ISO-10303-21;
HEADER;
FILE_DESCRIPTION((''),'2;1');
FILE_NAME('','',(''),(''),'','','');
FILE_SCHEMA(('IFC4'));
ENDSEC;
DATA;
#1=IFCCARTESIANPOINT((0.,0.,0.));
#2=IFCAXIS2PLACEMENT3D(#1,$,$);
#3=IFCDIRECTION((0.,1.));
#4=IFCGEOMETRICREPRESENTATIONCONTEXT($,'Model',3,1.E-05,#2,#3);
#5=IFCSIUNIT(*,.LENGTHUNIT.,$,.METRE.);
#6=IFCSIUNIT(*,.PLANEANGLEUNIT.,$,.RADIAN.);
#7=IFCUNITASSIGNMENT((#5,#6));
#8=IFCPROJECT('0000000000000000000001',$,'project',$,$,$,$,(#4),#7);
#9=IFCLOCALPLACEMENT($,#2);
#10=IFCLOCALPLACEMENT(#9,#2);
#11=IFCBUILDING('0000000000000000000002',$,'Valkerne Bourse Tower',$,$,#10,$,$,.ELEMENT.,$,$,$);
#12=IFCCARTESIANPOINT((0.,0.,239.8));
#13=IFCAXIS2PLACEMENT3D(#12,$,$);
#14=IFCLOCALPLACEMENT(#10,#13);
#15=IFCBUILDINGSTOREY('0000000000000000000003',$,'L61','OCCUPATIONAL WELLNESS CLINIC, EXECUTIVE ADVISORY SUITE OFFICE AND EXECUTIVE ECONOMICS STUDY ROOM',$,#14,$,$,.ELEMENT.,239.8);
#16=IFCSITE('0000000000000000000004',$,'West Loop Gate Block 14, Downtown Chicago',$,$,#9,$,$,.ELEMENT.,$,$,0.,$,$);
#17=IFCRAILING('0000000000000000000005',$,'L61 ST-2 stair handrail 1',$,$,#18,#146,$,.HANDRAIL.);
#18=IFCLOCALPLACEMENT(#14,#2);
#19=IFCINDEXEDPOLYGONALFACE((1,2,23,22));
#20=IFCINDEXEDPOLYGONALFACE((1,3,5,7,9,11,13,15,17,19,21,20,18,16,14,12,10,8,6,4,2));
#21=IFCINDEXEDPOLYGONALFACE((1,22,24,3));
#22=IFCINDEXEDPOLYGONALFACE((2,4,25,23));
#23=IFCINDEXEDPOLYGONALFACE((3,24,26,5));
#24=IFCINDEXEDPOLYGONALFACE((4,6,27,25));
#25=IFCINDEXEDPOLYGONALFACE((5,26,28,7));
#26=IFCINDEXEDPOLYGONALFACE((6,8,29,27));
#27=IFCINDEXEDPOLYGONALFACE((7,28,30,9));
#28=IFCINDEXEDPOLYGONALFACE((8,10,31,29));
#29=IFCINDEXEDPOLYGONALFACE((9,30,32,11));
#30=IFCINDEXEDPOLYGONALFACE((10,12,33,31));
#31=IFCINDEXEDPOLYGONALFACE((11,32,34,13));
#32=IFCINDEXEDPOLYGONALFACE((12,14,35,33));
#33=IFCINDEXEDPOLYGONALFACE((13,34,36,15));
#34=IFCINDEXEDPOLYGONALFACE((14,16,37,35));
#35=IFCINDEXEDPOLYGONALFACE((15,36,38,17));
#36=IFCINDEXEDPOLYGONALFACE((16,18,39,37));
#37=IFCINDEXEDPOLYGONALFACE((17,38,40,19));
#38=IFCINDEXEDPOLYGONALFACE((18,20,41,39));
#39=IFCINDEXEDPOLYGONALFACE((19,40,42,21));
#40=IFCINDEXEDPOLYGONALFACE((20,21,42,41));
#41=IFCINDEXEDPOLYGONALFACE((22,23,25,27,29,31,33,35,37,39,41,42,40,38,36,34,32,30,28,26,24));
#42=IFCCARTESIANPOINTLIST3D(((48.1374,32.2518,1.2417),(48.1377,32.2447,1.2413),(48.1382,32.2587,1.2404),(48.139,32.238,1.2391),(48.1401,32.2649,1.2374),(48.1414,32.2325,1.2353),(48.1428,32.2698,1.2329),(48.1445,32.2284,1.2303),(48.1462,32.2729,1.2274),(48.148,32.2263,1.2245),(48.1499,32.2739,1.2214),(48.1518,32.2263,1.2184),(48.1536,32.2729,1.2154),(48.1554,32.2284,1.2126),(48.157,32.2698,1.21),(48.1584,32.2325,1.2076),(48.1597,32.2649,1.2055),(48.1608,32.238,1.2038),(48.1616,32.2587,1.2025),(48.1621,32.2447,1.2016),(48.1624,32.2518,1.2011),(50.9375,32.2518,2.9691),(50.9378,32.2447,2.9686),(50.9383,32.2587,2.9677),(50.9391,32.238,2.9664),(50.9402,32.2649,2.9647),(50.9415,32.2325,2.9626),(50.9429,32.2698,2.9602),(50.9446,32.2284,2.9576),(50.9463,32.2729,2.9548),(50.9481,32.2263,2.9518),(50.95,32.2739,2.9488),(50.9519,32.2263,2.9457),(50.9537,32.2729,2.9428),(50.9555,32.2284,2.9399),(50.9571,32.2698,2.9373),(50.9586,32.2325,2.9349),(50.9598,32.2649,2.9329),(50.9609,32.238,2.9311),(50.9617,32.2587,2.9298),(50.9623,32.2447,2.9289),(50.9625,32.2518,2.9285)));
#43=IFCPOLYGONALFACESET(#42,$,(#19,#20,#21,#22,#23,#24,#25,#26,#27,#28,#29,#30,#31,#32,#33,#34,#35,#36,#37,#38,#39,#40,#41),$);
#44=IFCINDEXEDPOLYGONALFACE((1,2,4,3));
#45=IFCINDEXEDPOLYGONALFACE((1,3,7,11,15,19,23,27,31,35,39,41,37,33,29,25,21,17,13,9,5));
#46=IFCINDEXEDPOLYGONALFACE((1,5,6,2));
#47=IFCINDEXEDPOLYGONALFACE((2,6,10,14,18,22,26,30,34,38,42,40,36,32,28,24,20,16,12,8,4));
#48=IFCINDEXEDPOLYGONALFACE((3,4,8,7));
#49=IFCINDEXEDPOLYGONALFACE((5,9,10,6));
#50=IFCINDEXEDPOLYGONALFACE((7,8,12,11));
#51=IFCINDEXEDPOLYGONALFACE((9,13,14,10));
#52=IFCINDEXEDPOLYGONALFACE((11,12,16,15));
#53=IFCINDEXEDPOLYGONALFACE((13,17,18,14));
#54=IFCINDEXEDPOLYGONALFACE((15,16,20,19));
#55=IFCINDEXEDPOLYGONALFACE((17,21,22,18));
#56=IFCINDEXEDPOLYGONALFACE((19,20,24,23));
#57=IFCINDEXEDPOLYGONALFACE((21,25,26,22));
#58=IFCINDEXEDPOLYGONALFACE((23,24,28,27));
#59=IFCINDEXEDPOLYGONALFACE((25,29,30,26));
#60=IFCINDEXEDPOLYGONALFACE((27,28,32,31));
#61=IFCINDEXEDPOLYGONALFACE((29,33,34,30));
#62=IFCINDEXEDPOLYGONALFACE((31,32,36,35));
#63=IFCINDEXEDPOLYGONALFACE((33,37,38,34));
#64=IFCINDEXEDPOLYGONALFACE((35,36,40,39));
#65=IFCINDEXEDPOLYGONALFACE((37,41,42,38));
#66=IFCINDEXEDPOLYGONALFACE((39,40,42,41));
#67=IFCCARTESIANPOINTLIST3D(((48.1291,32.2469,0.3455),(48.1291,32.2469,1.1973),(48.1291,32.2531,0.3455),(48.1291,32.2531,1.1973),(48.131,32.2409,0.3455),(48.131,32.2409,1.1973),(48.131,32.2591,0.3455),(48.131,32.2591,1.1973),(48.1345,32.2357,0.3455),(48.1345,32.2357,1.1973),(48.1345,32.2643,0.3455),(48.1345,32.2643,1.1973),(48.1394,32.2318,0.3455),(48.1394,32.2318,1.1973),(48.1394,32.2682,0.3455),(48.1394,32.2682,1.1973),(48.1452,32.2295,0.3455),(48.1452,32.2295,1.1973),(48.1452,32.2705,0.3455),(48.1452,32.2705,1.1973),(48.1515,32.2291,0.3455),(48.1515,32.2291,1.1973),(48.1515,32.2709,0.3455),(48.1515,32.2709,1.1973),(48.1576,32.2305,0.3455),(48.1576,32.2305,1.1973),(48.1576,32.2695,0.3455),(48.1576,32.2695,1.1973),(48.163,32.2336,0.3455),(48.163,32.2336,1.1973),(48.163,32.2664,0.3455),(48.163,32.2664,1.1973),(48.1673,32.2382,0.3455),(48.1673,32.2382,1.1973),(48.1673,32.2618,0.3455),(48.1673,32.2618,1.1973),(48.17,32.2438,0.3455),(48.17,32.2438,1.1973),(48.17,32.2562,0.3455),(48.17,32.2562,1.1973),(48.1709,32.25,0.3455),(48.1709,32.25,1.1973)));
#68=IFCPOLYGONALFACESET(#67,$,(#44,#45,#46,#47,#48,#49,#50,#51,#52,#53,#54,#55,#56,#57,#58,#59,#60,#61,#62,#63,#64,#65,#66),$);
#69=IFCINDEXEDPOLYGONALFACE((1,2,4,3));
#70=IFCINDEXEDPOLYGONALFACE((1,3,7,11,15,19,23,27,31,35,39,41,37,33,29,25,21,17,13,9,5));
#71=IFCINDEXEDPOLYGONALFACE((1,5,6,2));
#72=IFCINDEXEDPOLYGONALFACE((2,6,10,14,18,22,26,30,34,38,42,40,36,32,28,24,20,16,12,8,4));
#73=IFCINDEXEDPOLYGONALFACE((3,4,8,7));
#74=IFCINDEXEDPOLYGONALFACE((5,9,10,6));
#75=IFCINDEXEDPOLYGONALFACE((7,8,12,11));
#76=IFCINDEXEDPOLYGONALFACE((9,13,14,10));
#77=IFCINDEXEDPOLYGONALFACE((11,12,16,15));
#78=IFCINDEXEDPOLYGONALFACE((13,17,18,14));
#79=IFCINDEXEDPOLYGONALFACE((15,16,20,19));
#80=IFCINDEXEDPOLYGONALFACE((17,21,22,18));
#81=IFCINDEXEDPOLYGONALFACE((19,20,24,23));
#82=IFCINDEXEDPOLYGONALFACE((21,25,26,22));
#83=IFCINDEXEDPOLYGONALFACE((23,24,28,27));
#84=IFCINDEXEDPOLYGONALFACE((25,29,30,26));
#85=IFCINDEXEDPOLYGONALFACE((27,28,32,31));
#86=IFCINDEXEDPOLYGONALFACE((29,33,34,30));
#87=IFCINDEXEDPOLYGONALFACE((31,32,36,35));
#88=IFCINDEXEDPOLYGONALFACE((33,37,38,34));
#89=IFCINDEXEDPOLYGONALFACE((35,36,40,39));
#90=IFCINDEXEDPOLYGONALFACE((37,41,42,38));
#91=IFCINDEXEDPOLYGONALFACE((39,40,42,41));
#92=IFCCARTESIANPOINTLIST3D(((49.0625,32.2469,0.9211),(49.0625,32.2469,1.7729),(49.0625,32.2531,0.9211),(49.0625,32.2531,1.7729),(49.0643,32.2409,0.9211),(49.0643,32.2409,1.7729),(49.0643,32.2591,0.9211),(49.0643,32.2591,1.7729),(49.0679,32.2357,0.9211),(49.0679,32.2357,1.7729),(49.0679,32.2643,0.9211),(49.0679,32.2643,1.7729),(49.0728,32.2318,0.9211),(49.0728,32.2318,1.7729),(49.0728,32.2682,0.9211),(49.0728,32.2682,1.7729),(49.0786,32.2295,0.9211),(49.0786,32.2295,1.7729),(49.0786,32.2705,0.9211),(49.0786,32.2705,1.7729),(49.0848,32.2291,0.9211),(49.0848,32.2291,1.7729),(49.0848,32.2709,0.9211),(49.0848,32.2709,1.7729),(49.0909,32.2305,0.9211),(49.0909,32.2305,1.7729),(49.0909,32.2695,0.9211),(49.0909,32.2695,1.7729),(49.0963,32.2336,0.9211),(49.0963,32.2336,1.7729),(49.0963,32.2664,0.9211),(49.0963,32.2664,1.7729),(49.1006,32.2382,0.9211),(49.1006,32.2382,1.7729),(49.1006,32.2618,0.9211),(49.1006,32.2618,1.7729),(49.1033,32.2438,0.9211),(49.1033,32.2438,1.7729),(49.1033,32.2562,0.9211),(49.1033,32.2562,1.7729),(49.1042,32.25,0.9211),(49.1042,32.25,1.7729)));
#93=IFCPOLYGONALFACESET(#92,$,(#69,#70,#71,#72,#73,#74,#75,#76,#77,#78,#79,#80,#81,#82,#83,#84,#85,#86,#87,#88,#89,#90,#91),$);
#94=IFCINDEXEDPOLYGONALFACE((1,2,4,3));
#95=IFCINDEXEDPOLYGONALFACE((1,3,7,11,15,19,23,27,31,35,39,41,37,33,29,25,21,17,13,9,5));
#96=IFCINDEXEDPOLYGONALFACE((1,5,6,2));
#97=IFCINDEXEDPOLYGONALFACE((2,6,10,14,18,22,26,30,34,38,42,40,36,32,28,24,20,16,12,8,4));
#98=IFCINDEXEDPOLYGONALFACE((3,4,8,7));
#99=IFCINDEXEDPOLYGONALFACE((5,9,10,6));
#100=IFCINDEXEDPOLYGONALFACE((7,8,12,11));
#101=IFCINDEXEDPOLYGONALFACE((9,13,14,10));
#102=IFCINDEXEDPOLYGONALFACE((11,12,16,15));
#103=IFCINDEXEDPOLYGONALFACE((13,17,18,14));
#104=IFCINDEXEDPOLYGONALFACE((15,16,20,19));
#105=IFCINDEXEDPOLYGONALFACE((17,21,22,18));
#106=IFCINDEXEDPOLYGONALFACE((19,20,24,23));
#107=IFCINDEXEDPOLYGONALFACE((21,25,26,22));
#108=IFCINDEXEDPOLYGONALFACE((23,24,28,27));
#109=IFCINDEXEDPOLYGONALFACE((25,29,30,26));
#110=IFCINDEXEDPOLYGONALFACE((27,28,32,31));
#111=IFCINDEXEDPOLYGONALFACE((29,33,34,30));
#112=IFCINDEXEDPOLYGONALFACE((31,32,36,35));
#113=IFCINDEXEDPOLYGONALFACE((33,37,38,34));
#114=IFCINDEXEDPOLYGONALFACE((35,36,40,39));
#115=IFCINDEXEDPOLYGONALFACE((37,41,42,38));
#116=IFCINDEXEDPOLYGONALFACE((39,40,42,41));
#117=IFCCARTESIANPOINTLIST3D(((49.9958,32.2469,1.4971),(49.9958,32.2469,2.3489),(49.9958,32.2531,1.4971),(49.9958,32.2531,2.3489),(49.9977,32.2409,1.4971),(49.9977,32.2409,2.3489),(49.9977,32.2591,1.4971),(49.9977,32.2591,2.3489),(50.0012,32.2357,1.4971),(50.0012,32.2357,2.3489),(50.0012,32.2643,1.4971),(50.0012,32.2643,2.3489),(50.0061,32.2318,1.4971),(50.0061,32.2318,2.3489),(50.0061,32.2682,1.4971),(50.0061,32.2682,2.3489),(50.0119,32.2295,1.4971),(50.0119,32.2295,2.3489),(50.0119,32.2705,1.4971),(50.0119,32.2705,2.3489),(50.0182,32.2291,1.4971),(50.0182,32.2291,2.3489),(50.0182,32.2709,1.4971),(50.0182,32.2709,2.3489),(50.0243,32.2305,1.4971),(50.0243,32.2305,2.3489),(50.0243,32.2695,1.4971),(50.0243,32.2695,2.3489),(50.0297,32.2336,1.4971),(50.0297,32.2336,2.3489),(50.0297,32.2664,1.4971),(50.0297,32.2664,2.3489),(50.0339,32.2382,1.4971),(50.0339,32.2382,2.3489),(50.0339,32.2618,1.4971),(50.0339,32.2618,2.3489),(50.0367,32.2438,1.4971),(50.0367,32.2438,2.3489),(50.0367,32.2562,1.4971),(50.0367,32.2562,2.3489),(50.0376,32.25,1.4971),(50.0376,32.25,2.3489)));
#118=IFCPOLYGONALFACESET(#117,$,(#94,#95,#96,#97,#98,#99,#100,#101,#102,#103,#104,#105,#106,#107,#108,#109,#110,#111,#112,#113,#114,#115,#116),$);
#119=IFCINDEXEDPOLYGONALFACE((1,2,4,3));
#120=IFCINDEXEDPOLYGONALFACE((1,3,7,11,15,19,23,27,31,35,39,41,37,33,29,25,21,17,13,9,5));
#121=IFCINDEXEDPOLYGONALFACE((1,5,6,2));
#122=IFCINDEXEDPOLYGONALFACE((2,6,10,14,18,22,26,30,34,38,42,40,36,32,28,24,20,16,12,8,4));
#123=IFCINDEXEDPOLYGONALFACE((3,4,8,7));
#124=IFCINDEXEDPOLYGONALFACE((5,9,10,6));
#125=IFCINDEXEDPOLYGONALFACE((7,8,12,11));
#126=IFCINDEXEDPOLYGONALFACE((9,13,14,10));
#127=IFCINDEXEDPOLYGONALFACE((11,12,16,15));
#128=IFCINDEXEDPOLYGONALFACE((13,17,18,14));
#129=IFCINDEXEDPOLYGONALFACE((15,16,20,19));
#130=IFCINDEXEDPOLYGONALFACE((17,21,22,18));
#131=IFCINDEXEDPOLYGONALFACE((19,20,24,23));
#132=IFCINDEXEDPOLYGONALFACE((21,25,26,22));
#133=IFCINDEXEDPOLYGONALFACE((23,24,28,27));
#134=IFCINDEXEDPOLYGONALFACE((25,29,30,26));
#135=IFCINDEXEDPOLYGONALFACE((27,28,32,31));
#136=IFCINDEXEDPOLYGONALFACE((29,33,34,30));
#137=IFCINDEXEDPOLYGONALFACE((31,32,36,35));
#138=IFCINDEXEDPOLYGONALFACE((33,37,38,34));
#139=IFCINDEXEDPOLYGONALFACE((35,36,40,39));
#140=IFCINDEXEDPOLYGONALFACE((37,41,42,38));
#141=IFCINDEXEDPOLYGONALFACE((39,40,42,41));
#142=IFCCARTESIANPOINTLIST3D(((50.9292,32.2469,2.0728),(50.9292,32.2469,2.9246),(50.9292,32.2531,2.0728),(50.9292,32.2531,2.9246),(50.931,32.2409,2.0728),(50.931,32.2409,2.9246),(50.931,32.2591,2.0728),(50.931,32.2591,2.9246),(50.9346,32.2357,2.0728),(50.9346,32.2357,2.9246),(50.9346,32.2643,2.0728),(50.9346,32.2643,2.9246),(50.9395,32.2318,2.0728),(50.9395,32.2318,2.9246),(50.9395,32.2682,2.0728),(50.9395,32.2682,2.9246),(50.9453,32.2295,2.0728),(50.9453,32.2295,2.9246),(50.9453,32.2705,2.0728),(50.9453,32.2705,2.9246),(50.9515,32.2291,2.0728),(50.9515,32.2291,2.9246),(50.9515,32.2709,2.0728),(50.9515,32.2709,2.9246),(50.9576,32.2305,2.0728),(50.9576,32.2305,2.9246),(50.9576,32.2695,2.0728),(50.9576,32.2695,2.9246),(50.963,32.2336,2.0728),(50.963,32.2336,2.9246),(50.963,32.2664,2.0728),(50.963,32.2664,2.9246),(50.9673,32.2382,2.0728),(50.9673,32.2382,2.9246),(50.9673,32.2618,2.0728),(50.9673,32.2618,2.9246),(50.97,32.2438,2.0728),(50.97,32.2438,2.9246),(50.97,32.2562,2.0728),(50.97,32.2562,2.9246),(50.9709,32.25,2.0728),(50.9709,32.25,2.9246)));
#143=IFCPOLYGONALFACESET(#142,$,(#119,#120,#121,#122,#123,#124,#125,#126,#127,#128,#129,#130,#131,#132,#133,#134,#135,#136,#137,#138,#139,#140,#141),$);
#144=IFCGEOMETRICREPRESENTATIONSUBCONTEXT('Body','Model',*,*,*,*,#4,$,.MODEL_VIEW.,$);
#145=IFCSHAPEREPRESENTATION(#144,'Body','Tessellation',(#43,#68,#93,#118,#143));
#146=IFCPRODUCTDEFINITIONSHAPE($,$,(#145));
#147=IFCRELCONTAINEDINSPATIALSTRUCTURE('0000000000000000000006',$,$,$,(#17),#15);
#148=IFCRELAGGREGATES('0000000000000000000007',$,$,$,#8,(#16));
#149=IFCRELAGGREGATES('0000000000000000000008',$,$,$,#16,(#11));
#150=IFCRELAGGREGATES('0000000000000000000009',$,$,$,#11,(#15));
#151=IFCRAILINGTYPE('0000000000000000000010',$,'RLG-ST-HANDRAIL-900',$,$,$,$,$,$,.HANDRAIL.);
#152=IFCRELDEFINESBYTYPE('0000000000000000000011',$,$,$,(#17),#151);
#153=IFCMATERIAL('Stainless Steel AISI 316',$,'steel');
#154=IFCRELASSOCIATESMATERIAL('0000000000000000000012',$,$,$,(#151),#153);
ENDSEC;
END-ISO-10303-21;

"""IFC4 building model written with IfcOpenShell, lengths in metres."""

from ifc_helpers import new_model, si_unit, direction, frame, origin, origin_2d, place, context, subcontext, project, spatial, circle, extrude, material, type_object, element, save


model = new_model("IFC4")

# Units and contexts
model_context = context("Model", 3, precision=1e-05, world=origin(), true_north=direction((0.0, 1.0)))
body_context = subcontext(model_context, "Body", "Model", "MODEL_VIEW")
ifc_project = project(units=[si_unit("LENGTHUNIT", "METRE"), si_unit("PLANEANGLEUNIT", "RADIAN")], contexts=[model_context])

# Site, building, storey
site_placement = place(None, origin())
site = spatial("IfcSite", under=ifc_project, at=site_placement, Name="West Loop Gate Block 14, Downtown Chicago", CompositionType="ELEMENT", RefElevation=0.0)
building_placement = place(site_placement, origin())
building = spatial("IfcBuilding", under=site, at=building_placement, Name="Valkerne Bourse Tower", CompositionType="ELEMENT")
storey_placement = place(building_placement, frame((0.0, 0.0, 239.8)))
storey = spatial("IfcBuildingStorey", under=building, at=storey_placement, Name="L61", Description="OCCUPATIONAL WELLNESS CLINIC, EXECUTIVE ADVISORY SUITE OFFICE AND EXECUTIVE ECONOMICS STUDY ROOM", CompositionType="ELEMENT", Elevation=239.8)

# Shared definitions
ifc_material_1 = material(Name="Stainless Steel AISI 316", Category="steel")

# Railing
railing_type_1 = type_object("IfcRailingType", Name="RLG-ST-HANDRAIL-900", PredefinedType="HANDRAIL", material=ifc_material_1)
railing_1_placement = place(storey_placement, frame((48.1499, 32.25, 0.3455)))
element("IfcRailing", 1, at=railing_1_placement, inside=storey, type_object=railing_type_1, Name="L61 ST-2 stair handrail 1", PredefinedType="HANDRAIL", context=body_context, shape_type="SweptSolid", body=[
    extrude(circle(Radius=0.0239, at=origin_2d()), frame((0.0, 0.0, 0.876), z_axis=(0.85109, 0.0, 0.52502), x_axis=(0.0, 1.0, 0.0)), (0.0, 0.0, 1.0), 3.29),
    extrude(circle(Radius=0.021, at=origin_2d()), origin(), (0.0, 0.0, 1.0), 0.8518),
    extrude(circle(Radius=0.021, at=origin_2d()), frame((0.9333, 0.0, 0.5757)), (0.0, 0.0, 1.0), 0.8518),
    extrude(circle(Radius=0.021, at=origin_2d()), frame((1.8667, 0.0, 1.1516)), (0.0, 0.0, 1.0), 0.8518),
    extrude(circle(Radius=0.021, at=origin_2d()), frame((2.8, 0.0, 1.7273)), (0.0, 0.0, 1.0), 0.8518),
])

save(model, "model.ifc")
